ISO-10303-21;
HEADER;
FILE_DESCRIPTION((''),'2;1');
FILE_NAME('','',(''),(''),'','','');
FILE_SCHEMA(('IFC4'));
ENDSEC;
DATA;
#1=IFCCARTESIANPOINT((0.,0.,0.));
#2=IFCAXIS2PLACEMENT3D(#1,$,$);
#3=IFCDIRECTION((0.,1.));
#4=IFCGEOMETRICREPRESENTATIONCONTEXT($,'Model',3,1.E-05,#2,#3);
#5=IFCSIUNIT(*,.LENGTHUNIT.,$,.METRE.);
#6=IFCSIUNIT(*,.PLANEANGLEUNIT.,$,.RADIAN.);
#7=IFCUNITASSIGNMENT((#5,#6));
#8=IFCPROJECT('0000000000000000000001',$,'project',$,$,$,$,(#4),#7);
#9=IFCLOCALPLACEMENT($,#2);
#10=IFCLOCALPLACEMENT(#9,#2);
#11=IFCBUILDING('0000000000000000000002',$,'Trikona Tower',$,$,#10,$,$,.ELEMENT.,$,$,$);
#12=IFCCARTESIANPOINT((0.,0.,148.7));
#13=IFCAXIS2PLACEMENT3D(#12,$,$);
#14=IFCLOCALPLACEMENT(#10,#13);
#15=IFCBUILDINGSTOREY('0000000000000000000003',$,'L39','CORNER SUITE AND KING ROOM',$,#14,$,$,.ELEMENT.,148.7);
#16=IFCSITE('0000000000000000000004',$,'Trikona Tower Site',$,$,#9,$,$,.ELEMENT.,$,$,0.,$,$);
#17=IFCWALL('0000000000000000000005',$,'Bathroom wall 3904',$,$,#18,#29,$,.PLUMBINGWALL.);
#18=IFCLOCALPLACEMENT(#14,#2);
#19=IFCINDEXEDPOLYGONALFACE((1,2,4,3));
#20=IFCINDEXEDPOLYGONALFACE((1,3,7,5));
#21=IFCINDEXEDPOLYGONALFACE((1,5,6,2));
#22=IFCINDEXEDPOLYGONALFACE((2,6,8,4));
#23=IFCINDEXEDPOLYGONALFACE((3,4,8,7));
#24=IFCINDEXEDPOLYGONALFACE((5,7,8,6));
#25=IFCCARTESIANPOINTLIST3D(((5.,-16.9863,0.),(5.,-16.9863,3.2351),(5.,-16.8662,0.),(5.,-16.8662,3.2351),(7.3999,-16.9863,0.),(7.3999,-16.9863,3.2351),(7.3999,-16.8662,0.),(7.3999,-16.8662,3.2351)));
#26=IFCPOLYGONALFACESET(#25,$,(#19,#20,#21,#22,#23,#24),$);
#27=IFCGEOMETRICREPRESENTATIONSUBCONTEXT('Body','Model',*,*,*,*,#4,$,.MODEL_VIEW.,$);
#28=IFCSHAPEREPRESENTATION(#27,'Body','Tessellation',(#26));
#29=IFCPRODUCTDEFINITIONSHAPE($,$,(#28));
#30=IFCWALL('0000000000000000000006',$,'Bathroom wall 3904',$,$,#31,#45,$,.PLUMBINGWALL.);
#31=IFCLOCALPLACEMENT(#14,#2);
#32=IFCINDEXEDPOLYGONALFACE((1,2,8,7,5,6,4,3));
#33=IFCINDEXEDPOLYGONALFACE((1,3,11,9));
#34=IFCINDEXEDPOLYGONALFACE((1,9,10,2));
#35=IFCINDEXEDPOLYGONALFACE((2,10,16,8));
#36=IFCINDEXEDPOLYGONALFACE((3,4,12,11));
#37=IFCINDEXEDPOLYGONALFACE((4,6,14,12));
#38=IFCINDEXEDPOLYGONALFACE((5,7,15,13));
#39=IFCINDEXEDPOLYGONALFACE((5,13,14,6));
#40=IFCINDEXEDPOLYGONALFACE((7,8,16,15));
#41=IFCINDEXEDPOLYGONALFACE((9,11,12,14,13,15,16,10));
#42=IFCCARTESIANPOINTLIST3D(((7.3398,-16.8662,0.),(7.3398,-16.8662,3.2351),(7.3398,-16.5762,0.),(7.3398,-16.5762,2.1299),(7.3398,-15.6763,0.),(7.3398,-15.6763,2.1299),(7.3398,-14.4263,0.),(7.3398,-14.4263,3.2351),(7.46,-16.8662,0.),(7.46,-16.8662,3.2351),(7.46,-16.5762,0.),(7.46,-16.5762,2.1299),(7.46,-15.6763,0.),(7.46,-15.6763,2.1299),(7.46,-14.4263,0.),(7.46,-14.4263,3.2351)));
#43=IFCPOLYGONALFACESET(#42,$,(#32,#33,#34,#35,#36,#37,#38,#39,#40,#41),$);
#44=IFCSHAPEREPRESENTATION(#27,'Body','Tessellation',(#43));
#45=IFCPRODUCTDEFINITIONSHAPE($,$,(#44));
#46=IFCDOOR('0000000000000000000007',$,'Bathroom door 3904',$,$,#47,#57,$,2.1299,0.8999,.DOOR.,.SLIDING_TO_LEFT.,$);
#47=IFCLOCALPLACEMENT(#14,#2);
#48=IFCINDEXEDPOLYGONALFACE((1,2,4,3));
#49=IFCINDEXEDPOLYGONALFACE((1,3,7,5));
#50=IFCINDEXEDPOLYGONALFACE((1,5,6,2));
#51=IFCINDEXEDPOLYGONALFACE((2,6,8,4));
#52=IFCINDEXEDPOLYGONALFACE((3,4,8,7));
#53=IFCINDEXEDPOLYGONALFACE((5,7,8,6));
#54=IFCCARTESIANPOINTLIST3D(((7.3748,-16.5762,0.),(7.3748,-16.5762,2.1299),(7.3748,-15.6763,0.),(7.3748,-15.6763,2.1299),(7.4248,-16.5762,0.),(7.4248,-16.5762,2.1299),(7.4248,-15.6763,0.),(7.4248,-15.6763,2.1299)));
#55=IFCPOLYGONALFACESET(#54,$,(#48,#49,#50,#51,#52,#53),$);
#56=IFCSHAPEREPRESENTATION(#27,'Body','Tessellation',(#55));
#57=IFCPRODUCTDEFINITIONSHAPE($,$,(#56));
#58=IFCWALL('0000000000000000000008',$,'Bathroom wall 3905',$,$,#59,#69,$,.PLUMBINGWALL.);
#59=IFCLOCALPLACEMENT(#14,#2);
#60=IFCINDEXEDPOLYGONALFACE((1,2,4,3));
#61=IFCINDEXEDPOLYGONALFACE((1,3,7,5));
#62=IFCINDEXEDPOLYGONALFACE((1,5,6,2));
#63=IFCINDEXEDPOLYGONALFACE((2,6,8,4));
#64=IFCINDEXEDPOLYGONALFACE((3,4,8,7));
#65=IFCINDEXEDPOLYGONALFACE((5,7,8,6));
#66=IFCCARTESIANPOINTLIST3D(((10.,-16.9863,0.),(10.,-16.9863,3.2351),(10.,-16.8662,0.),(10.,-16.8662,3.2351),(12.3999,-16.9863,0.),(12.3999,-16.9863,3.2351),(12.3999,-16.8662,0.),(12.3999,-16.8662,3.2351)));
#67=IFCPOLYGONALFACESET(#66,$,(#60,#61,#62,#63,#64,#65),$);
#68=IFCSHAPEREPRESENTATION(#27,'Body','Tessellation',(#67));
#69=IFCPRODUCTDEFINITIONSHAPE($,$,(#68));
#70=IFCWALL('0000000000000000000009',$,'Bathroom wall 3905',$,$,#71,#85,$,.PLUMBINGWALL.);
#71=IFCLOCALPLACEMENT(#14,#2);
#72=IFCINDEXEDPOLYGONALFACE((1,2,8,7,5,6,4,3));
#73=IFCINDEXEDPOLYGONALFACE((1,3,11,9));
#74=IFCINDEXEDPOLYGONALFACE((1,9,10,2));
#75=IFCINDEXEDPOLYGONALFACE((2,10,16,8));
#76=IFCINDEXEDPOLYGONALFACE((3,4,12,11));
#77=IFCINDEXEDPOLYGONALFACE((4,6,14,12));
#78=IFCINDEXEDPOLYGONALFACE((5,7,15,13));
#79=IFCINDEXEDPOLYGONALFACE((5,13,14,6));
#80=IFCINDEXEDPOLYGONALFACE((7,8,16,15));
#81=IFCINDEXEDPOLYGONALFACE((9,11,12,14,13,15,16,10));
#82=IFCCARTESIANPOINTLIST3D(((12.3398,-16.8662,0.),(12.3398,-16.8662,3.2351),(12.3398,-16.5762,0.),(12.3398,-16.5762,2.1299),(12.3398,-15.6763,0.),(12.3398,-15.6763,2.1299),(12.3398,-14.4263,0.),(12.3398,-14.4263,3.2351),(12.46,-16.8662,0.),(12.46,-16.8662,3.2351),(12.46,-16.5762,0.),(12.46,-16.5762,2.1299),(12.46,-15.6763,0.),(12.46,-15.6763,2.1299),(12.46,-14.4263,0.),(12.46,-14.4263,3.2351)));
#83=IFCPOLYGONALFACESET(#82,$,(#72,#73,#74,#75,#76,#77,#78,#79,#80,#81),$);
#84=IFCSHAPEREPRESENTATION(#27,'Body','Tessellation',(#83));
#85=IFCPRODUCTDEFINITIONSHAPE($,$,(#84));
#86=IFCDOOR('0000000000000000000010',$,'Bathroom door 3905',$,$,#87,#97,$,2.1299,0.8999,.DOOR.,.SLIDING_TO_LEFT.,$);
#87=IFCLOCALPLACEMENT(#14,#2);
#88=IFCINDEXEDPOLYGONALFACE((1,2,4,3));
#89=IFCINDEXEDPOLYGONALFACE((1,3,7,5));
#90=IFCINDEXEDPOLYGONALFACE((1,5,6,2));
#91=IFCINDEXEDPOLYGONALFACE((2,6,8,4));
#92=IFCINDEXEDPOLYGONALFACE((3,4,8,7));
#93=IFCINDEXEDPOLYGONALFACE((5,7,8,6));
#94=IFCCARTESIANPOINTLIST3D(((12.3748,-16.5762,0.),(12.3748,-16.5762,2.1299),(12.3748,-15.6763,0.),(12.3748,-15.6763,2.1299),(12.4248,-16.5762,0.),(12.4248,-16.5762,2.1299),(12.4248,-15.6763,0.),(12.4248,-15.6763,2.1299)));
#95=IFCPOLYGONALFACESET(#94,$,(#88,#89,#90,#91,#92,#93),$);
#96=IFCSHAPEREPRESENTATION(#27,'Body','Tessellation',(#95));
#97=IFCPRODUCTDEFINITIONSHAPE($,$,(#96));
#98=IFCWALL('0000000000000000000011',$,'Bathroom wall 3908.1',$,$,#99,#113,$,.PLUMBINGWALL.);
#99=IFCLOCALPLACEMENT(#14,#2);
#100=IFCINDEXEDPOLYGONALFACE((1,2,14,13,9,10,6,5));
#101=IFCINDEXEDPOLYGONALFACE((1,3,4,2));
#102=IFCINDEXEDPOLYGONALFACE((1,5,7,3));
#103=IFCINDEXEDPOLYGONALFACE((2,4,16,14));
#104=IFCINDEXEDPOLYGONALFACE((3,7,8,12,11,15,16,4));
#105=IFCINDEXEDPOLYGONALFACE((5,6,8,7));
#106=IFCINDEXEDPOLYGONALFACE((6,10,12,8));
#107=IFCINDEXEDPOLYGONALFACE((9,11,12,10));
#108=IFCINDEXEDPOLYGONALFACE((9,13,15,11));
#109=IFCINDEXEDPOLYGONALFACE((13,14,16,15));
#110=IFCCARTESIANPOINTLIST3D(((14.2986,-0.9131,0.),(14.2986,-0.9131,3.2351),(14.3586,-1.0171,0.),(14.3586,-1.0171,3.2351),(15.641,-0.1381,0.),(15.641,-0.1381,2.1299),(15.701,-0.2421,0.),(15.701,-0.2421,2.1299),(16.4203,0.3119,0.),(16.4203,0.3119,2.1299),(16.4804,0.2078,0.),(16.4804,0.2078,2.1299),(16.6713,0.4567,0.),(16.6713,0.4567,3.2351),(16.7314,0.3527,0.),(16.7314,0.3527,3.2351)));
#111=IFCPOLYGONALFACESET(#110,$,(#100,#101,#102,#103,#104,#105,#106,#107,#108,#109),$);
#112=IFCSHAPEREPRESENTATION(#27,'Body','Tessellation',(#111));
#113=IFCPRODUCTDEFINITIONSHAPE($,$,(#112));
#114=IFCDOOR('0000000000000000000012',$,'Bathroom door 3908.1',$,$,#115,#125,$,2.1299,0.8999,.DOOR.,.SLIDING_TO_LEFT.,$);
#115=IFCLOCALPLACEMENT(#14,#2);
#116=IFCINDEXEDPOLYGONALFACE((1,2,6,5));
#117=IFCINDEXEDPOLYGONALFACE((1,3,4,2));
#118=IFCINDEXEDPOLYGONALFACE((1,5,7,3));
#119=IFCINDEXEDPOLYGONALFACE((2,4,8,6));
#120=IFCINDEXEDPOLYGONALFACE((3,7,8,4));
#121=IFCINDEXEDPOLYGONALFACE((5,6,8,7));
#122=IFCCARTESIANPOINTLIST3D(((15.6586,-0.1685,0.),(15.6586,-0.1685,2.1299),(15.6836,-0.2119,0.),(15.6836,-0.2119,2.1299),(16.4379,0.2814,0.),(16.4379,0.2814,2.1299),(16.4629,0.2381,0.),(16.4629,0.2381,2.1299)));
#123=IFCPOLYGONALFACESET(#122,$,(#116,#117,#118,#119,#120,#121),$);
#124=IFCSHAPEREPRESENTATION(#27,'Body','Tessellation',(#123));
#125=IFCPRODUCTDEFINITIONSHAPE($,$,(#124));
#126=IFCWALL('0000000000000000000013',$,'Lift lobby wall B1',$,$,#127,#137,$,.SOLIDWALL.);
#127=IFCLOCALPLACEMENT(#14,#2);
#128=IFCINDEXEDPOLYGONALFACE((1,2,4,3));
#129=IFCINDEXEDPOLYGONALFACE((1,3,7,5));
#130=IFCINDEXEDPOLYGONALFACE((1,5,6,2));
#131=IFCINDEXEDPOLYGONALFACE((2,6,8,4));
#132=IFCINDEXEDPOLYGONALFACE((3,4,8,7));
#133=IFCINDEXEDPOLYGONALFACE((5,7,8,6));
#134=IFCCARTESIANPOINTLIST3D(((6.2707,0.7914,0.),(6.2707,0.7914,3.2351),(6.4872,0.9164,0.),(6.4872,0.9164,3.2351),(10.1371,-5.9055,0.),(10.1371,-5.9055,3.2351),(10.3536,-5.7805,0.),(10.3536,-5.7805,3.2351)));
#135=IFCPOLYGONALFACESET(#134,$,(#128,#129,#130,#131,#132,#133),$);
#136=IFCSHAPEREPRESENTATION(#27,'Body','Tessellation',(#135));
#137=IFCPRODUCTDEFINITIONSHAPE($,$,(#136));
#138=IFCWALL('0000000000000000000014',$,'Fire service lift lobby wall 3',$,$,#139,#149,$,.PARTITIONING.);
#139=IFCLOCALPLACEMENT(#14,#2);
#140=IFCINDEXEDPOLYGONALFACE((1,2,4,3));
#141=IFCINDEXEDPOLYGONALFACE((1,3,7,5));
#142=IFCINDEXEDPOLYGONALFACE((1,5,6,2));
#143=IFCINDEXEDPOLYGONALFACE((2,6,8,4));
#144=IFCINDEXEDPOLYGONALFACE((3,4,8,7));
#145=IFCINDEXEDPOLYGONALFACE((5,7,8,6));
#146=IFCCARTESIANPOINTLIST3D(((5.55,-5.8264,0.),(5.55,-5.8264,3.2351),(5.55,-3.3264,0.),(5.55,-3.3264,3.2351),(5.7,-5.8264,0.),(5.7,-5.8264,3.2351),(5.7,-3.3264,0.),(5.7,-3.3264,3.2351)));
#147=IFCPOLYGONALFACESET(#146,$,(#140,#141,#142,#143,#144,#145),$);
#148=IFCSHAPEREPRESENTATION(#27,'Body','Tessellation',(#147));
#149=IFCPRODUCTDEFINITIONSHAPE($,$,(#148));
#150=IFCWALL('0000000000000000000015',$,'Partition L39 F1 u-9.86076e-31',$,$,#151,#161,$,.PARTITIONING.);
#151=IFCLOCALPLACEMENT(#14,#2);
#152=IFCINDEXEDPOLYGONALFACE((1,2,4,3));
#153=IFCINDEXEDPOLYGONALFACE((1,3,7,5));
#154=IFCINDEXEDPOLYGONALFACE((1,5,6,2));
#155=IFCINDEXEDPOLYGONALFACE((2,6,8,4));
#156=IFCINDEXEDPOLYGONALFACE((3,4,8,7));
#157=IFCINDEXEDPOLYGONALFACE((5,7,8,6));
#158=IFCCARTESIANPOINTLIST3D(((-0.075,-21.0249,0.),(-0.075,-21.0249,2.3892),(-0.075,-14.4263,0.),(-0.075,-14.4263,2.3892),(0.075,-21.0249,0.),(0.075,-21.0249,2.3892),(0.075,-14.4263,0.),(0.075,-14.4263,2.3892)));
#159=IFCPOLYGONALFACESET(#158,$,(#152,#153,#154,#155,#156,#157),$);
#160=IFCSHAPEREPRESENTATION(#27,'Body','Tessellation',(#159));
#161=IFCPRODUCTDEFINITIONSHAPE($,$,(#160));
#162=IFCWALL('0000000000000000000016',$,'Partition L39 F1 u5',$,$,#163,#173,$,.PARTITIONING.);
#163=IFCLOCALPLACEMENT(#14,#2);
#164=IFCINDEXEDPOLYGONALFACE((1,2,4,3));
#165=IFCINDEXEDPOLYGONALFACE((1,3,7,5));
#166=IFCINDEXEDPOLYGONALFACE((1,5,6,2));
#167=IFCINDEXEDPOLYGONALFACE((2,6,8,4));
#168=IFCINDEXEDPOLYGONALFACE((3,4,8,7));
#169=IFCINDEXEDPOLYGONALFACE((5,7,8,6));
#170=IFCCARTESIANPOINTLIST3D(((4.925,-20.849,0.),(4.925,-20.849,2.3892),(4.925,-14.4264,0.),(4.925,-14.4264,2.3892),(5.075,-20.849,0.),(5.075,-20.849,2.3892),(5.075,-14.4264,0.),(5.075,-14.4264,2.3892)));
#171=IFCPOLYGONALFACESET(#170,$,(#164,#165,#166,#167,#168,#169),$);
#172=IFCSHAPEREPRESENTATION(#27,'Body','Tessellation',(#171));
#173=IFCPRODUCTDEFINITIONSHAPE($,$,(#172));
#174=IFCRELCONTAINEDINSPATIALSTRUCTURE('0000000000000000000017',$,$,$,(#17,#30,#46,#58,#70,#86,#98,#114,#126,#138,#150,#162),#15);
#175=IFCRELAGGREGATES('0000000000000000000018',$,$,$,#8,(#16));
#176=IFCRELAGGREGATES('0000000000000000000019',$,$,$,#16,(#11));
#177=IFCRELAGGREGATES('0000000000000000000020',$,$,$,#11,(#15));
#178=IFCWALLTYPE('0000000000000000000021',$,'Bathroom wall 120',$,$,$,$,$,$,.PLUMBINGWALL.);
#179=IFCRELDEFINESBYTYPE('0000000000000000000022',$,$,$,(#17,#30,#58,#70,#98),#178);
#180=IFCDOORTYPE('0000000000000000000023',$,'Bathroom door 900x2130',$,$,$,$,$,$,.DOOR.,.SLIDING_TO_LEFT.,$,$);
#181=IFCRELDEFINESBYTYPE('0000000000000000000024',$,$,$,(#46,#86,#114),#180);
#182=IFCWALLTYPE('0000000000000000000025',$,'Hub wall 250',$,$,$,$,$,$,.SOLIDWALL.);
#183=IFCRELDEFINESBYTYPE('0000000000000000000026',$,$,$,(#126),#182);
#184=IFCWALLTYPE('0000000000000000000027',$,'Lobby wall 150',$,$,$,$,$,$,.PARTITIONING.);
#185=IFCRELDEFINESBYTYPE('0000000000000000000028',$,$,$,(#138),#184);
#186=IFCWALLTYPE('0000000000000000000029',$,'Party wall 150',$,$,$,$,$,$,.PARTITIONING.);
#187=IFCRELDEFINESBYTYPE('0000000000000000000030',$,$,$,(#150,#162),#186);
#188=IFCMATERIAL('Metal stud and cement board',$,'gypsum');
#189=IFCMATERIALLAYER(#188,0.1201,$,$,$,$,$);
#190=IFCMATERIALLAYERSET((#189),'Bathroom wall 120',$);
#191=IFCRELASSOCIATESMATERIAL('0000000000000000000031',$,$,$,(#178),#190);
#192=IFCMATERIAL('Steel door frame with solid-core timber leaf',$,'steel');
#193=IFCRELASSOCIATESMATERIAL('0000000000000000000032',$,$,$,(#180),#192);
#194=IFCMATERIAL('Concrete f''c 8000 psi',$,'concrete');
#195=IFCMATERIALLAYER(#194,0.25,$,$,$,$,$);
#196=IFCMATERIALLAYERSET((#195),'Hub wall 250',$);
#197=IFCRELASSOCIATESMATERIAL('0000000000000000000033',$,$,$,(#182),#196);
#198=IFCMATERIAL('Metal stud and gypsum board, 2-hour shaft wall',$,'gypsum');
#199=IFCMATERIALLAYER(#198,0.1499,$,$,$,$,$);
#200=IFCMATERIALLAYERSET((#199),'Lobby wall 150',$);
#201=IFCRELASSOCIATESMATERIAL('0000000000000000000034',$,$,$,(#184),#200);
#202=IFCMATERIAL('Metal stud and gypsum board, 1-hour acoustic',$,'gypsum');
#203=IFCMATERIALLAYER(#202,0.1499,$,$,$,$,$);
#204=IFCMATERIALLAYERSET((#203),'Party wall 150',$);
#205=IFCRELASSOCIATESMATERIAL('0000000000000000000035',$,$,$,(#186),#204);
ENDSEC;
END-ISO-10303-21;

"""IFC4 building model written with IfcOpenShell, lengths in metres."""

from ifc_helpers import new_model, si_unit, direction, frame, frame_2d, origin, place, context, subcontext, project, spatial, rectangle, extrude, material, layer, layer_set, type_object, element, fill, save


model = new_model("IFC4")

# Units and contexts
model_context = context("Model", 3, precision=1e-05, world=origin(), true_north=direction((0.0, 1.0)))
body_context = subcontext(model_context, "Body", "Model", "MODEL_VIEW")
ifc_project = project(units=[si_unit("LENGTHUNIT", "METRE"), si_unit("PLANEANGLEUNIT", "RADIAN")], contexts=[model_context])

# Site, building, storey
site_placement = place(None, origin())
site = spatial("IfcSite", under=ifc_project, at=site_placement, Name="Trikona Tower Site", CompositionType="ELEMENT", RefElevation=0.0)
building_placement = place(site_placement, origin())
building = spatial("IfcBuilding", under=site, at=building_placement, Name="Trikona Tower", CompositionType="ELEMENT")
storey_placement = place(building_placement, frame((0.0, 0.0, 148.7)))
storey = spatial("IfcBuildingStorey", under=building, at=storey_placement, Name="L39", Description="CORNER SUITE AND KING ROOM", CompositionType="ELEMENT", Elevation=148.7)

# Wall
ifc_material_1 = material(Name="Metal stud and cement board", Category="gypsum")
ifc_layer_1 = layer(ifc_material_1, 0.1201)
ifc_layer_set_1 = layer_set([ifc_layer_1], Name="Bathroom wall 120")
wall_type_1 = type_object("IfcWallType", Name="Bathroom wall 120", PredefinedType="PLUMBINGWALL", material=ifc_layer_set_1)
wall_1_placement = place(storey_placement, frame((5.0, -16.9263, 0.0), z_axis=(0.0, 0.0, 1.0), x_axis=(1.0, 0.0, 0.0)))
element("IfcWall", 1, at=wall_1_placement, inside=storey, type_object=wall_type_1, Name="Bathroom wall 3904", PredefinedType="PLUMBINGWALL", context=body_context, shape_type="SweptSolid", body=[
    extrude(rectangle(XDim=2.3999, YDim=0.1201, at=frame_2d((1.2, 0.0))), origin(), (0.0, 0.0, 1.0), 3.2351),
])

# Wall, opening, door
wall_2_placement = place(storey_placement, frame((7.3999, -14.4263, 0.0), z_axis=(0.0, 0.0, 1.0), x_axis=(0.0, -1.0, 0.0)))
wall_2 = element("IfcWall", 2, at=wall_2_placement, inside=storey, type_object=wall_type_1, Name="Bathroom wall 3904", PredefinedType="PLUMBINGWALL", context=body_context, shape_type="SweptSolid", body=[
    extrude(rectangle(XDim=2.4399, YDim=0.1201, at=frame_2d((1.22, 0.0))), origin(), (0.0, 0.0, 1.0), 3.2351),
])
opening_1_placement = place(wall_2_placement, frame((1.25, 0.0, 0.0)))
opening_1 = element("IfcOpeningElement", 3, at=opening_1_placement, cuts=wall_2, PredefinedType="OPENING", context=body_context, shape_type="SweptSolid", body=[
    extrude(rectangle(XDim=0.8999, YDim=2.1299, at=frame_2d((0.45, 1.0649))), frame((0.0, 0.0701, 0.0), z_axis=(0.0, -1.0, 0.0), x_axis=(1.0, 0.0, 0.0)), (0.0, 0.0, 1.0), 0.1401),
])
ifc_material_2 = material(Name="Steel door frame with solid-core timber leaf", Category="steel")
door_type_1 = type_object("IfcDoorType", Name="Bathroom door 900x2130", OperationType="SLIDING_TO_LEFT", PredefinedType="DOOR", material=ifc_material_2)
door_1_placement = place(opening_1_placement, origin())
door_1 = element("IfcDoor", 4, at=door_1_placement, inside=storey, type_object=door_type_1, Name="Bathroom door 3904", OperationType="SLIDING_TO_LEFT", OverallHeight=2.1299, OverallWidth=0.8999, PredefinedType="DOOR", context=body_context, shape_type="SweptSolid", body=[
    extrude(rectangle(XDim=0.8999, YDim=2.1299, at=frame_2d((0.45, 1.0649))), frame((0.0, 0.0249, 0.0), z_axis=(0.0, -1.0, 0.0), x_axis=(1.0, 0.0, 0.0)), (0.0, 0.0, 1.0), 0.05),
])
fill(opening_1, door_1)

# Wall
wall_3_placement = place(storey_placement, frame((10.0, -16.9263, 0.0), z_axis=(0.0, 0.0, 1.0), x_axis=(1.0, 0.0, 0.0)))
element("IfcWall", 5, at=wall_3_placement, inside=storey, type_object=wall_type_1, Name="Bathroom wall 3905", PredefinedType="PLUMBINGWALL", context=body_context, shape_type="SweptSolid", body=[
    extrude(rectangle(XDim=2.3999, YDim=0.1201, at=frame_2d((1.2, 0.0))), origin(), (0.0, 0.0, 1.0), 3.2351),
])

# Walls, openings, doors
wall_4_placement = place(storey_placement, frame((12.3999, -14.4263, 0.0), z_axis=(0.0, 0.0, 1.0), x_axis=(0.0, -1.0, 0.0)))
wall_4 = element("IfcWall", 6, at=wall_4_placement, inside=storey, type_object=wall_type_1, Name="Bathroom wall 3905", PredefinedType="PLUMBINGWALL", context=body_context, shape_type="SweptSolid", body=[
    extrude(rectangle(XDim=2.4399, YDim=0.1201, at=frame_2d((1.22, 0.0))), origin(), (0.0, 0.0, 1.0), 3.2351),
])
opening_2_placement = place(wall_4_placement, frame((1.25, 0.0, 0.0)))
opening_2 = element("IfcOpeningElement", 7, at=opening_2_placement, cuts=wall_4, PredefinedType="OPENING", context=body_context, shape_type="SweptSolid", body=[
    extrude(rectangle(XDim=0.8999, YDim=2.1299, at=frame_2d((0.45, 1.0649))), frame((0.0, 0.0701, 0.0), z_axis=(0.0, -1.0, 0.0), x_axis=(1.0, 0.0, 0.0)), (0.0, 0.0, 1.0), 0.1401),
])
door_2_placement = place(opening_2_placement, origin())
door_2 = element("IfcDoor", 8, at=door_2_placement, inside=storey, type_object=door_type_1, Name="Bathroom door 3905", OperationType="SLIDING_TO_LEFT", OverallHeight=2.1299, OverallWidth=0.8999, PredefinedType="DOOR", context=body_context, shape_type="SweptSolid", body=[
    extrude(rectangle(XDim=0.8999, YDim=2.1299, at=frame_2d((0.45, 1.0649))), frame((0.0, 0.0249, 0.0), z_axis=(0.0, -1.0, 0.0), x_axis=(1.0, 0.0, 0.0)), (0.0, 0.0, 1.0), 0.05),
])
fill(opening_2, door_2)
wall_5_placement = place(storey_placement, frame((14.3286, -0.9651, 0.0), z_axis=(0.0, 0.0, 1.0), x_axis=(0.866036, 0.499982, 0.0)))
wall_5 = element("IfcWall", 9, at=wall_5_placement, inside=storey, type_object=wall_type_1, Name="Bathroom wall 3908.1", PredefinedType="PLUMBINGWALL", context=body_context, shape_type="SweptSolid", body=[
    extrude(rectangle(XDim=2.7397, YDim=0.1201, at=frame_2d((1.3699, 0.0))), origin(), (0.0, 0.0, 1.0), 3.2351),
])
opening_3_placement = place(wall_5_placement, frame((1.55, 0.0, 0.0)))
opening_3 = element("IfcOpeningElement", 10, at=opening_3_placement, cuts=wall_5, PredefinedType="OPENING", context=body_context, shape_type="SweptSolid", body=[
    extrude(rectangle(XDim=0.8999, YDim=2.1299, at=frame_2d((0.45, 1.0649))), frame((0.0, 0.0701, 0.0), z_axis=(0.0, -1.0, 0.0), x_axis=(1.0, 0.0, 0.0)), (0.0, 0.0, 1.0), 0.1401),
])
door_3_placement = place(opening_3_placement, origin())
door_3 = element("IfcDoor", 11, at=door_3_placement, inside=storey, type_object=door_type_1, Name="Bathroom door 3908.1", OperationType="SLIDING_TO_LEFT", OverallHeight=2.1299, OverallWidth=0.8999, PredefinedType="DOOR", context=body_context, shape_type="SweptSolid", body=[
    extrude(rectangle(XDim=0.8999, YDim=2.1299, at=frame_2d((0.45, 1.0649))), frame((0.0, 0.0249, 0.0), z_axis=(0.0, -1.0, 0.0), x_axis=(1.0, 0.0, 0.0)), (0.0, 0.0, 1.0), 0.05),
])
fill(opening_3, door_3)

# Walls
ifc_material_3 = material(Name="Concrete f'c 8000 psi", Category="concrete")
ifc_layer_2 = layer(ifc_material_3, 0.25)
ifc_layer_set_2 = layer_set([ifc_layer_2], Name="Hub wall 250")
wall_type_2 = type_object("IfcWallType", Name="Hub wall 250", PredefinedType="SOLIDWALL", material=ifc_layer_set_2)
wall_6_placement = place(storey_placement, frame((10.2454, -5.843, 0.0), z_axis=(0.0, 0.0, 1.0), x_axis=(-0.499993, 0.866029, 0.0)))
element("IfcWall", 12, at=wall_6_placement, inside=storey, type_object=wall_type_2, Name="Lift lobby wall B1", PredefinedType="SOLIDWALL", context=body_context, shape_type="SweptSolid", body=[
    extrude(rectangle(XDim=7.7329, YDim=0.25, at=frame_2d((3.8665, 0.0))), origin(), (0.0, 0.0, 1.0), 3.2351),
])
ifc_material_4 = material(Name="Metal stud and gypsum board, 2-hour shaft wall", Category="gypsum")
ifc_layer_3 = layer(ifc_material_4, 0.1499)
ifc_layer_set_3 = layer_set([ifc_layer_3], Name="Lobby wall 150")
wall_type_3 = type_object("IfcWallType", Name="Lobby wall 150", PredefinedType="PARTITIONING", material=ifc_layer_set_3)
wall_7_placement = place(storey_placement, frame((5.625, -5.8264, 0.0), z_axis=(0.0, 0.0, 1.0), x_axis=(0.0, 1.0, 0.0)))
element("IfcWall", 13, at=wall_7_placement, inside=storey, type_object=wall_type_3, Name="Fire service lift lobby wall 3", PredefinedType="PARTITIONING", context=body_context, shape_type="SweptSolid", body=[
    extrude(rectangle(XDim=2.5, YDim=0.1499, at=frame_2d((1.25, 0.0))), origin(), (0.0, 0.0, 1.0), 3.2351),
])
ifc_material_5 = material(Name="Metal stud and gypsum board, 1-hour acoustic", Category="gypsum")
ifc_layer_4 = layer(ifc_material_5, 0.1499)
ifc_layer_set_4 = layer_set([ifc_layer_4], Name="Party wall 150")
wall_type_4 = type_object("IfcWallType", Name="Party wall 150", PredefinedType="PARTITIONING", material=ifc_layer_set_4)
wall_8_placement = place(storey_placement, frame((0.0, -14.4263, 0.0), z_axis=(0.0, 0.0, 1.0), x_axis=(0.0, -1.0, 0.0)))
element("IfcWall", 14, at=wall_8_placement, inside=storey, type_object=wall_type_4, Name="Partition L39 F1 u-9.86076e-31", PredefinedType="PARTITIONING", context=body_context, shape_type="SweptSolid", body=[
    extrude(rectangle(XDim=6.5986, YDim=0.1499, at=frame_2d((3.2993, 0.0))), origin(), (0.0, 0.0, 1.0), 2.3892),
])
wall_9_placement = place(storey_placement, frame((5.0, -14.4263, 0.0), z_axis=(0.0, 0.0, 1.0), x_axis=(0.0, -1.0, 0.0)))
element("IfcWall", 15, at=wall_9_placement, inside=storey, type_object=wall_type_4, Name="Partition L39 F1 u5", PredefinedType="PARTITIONING", context=body_context, shape_type="SweptSolid", body=[
    extrude(rectangle(XDim=6.4226, YDim=0.1499, at=frame_2d((3.2114, 0.0))), origin(), (0.0, 0.0, 1.0), 2.3892),
])

save(model, "model.ifc")
